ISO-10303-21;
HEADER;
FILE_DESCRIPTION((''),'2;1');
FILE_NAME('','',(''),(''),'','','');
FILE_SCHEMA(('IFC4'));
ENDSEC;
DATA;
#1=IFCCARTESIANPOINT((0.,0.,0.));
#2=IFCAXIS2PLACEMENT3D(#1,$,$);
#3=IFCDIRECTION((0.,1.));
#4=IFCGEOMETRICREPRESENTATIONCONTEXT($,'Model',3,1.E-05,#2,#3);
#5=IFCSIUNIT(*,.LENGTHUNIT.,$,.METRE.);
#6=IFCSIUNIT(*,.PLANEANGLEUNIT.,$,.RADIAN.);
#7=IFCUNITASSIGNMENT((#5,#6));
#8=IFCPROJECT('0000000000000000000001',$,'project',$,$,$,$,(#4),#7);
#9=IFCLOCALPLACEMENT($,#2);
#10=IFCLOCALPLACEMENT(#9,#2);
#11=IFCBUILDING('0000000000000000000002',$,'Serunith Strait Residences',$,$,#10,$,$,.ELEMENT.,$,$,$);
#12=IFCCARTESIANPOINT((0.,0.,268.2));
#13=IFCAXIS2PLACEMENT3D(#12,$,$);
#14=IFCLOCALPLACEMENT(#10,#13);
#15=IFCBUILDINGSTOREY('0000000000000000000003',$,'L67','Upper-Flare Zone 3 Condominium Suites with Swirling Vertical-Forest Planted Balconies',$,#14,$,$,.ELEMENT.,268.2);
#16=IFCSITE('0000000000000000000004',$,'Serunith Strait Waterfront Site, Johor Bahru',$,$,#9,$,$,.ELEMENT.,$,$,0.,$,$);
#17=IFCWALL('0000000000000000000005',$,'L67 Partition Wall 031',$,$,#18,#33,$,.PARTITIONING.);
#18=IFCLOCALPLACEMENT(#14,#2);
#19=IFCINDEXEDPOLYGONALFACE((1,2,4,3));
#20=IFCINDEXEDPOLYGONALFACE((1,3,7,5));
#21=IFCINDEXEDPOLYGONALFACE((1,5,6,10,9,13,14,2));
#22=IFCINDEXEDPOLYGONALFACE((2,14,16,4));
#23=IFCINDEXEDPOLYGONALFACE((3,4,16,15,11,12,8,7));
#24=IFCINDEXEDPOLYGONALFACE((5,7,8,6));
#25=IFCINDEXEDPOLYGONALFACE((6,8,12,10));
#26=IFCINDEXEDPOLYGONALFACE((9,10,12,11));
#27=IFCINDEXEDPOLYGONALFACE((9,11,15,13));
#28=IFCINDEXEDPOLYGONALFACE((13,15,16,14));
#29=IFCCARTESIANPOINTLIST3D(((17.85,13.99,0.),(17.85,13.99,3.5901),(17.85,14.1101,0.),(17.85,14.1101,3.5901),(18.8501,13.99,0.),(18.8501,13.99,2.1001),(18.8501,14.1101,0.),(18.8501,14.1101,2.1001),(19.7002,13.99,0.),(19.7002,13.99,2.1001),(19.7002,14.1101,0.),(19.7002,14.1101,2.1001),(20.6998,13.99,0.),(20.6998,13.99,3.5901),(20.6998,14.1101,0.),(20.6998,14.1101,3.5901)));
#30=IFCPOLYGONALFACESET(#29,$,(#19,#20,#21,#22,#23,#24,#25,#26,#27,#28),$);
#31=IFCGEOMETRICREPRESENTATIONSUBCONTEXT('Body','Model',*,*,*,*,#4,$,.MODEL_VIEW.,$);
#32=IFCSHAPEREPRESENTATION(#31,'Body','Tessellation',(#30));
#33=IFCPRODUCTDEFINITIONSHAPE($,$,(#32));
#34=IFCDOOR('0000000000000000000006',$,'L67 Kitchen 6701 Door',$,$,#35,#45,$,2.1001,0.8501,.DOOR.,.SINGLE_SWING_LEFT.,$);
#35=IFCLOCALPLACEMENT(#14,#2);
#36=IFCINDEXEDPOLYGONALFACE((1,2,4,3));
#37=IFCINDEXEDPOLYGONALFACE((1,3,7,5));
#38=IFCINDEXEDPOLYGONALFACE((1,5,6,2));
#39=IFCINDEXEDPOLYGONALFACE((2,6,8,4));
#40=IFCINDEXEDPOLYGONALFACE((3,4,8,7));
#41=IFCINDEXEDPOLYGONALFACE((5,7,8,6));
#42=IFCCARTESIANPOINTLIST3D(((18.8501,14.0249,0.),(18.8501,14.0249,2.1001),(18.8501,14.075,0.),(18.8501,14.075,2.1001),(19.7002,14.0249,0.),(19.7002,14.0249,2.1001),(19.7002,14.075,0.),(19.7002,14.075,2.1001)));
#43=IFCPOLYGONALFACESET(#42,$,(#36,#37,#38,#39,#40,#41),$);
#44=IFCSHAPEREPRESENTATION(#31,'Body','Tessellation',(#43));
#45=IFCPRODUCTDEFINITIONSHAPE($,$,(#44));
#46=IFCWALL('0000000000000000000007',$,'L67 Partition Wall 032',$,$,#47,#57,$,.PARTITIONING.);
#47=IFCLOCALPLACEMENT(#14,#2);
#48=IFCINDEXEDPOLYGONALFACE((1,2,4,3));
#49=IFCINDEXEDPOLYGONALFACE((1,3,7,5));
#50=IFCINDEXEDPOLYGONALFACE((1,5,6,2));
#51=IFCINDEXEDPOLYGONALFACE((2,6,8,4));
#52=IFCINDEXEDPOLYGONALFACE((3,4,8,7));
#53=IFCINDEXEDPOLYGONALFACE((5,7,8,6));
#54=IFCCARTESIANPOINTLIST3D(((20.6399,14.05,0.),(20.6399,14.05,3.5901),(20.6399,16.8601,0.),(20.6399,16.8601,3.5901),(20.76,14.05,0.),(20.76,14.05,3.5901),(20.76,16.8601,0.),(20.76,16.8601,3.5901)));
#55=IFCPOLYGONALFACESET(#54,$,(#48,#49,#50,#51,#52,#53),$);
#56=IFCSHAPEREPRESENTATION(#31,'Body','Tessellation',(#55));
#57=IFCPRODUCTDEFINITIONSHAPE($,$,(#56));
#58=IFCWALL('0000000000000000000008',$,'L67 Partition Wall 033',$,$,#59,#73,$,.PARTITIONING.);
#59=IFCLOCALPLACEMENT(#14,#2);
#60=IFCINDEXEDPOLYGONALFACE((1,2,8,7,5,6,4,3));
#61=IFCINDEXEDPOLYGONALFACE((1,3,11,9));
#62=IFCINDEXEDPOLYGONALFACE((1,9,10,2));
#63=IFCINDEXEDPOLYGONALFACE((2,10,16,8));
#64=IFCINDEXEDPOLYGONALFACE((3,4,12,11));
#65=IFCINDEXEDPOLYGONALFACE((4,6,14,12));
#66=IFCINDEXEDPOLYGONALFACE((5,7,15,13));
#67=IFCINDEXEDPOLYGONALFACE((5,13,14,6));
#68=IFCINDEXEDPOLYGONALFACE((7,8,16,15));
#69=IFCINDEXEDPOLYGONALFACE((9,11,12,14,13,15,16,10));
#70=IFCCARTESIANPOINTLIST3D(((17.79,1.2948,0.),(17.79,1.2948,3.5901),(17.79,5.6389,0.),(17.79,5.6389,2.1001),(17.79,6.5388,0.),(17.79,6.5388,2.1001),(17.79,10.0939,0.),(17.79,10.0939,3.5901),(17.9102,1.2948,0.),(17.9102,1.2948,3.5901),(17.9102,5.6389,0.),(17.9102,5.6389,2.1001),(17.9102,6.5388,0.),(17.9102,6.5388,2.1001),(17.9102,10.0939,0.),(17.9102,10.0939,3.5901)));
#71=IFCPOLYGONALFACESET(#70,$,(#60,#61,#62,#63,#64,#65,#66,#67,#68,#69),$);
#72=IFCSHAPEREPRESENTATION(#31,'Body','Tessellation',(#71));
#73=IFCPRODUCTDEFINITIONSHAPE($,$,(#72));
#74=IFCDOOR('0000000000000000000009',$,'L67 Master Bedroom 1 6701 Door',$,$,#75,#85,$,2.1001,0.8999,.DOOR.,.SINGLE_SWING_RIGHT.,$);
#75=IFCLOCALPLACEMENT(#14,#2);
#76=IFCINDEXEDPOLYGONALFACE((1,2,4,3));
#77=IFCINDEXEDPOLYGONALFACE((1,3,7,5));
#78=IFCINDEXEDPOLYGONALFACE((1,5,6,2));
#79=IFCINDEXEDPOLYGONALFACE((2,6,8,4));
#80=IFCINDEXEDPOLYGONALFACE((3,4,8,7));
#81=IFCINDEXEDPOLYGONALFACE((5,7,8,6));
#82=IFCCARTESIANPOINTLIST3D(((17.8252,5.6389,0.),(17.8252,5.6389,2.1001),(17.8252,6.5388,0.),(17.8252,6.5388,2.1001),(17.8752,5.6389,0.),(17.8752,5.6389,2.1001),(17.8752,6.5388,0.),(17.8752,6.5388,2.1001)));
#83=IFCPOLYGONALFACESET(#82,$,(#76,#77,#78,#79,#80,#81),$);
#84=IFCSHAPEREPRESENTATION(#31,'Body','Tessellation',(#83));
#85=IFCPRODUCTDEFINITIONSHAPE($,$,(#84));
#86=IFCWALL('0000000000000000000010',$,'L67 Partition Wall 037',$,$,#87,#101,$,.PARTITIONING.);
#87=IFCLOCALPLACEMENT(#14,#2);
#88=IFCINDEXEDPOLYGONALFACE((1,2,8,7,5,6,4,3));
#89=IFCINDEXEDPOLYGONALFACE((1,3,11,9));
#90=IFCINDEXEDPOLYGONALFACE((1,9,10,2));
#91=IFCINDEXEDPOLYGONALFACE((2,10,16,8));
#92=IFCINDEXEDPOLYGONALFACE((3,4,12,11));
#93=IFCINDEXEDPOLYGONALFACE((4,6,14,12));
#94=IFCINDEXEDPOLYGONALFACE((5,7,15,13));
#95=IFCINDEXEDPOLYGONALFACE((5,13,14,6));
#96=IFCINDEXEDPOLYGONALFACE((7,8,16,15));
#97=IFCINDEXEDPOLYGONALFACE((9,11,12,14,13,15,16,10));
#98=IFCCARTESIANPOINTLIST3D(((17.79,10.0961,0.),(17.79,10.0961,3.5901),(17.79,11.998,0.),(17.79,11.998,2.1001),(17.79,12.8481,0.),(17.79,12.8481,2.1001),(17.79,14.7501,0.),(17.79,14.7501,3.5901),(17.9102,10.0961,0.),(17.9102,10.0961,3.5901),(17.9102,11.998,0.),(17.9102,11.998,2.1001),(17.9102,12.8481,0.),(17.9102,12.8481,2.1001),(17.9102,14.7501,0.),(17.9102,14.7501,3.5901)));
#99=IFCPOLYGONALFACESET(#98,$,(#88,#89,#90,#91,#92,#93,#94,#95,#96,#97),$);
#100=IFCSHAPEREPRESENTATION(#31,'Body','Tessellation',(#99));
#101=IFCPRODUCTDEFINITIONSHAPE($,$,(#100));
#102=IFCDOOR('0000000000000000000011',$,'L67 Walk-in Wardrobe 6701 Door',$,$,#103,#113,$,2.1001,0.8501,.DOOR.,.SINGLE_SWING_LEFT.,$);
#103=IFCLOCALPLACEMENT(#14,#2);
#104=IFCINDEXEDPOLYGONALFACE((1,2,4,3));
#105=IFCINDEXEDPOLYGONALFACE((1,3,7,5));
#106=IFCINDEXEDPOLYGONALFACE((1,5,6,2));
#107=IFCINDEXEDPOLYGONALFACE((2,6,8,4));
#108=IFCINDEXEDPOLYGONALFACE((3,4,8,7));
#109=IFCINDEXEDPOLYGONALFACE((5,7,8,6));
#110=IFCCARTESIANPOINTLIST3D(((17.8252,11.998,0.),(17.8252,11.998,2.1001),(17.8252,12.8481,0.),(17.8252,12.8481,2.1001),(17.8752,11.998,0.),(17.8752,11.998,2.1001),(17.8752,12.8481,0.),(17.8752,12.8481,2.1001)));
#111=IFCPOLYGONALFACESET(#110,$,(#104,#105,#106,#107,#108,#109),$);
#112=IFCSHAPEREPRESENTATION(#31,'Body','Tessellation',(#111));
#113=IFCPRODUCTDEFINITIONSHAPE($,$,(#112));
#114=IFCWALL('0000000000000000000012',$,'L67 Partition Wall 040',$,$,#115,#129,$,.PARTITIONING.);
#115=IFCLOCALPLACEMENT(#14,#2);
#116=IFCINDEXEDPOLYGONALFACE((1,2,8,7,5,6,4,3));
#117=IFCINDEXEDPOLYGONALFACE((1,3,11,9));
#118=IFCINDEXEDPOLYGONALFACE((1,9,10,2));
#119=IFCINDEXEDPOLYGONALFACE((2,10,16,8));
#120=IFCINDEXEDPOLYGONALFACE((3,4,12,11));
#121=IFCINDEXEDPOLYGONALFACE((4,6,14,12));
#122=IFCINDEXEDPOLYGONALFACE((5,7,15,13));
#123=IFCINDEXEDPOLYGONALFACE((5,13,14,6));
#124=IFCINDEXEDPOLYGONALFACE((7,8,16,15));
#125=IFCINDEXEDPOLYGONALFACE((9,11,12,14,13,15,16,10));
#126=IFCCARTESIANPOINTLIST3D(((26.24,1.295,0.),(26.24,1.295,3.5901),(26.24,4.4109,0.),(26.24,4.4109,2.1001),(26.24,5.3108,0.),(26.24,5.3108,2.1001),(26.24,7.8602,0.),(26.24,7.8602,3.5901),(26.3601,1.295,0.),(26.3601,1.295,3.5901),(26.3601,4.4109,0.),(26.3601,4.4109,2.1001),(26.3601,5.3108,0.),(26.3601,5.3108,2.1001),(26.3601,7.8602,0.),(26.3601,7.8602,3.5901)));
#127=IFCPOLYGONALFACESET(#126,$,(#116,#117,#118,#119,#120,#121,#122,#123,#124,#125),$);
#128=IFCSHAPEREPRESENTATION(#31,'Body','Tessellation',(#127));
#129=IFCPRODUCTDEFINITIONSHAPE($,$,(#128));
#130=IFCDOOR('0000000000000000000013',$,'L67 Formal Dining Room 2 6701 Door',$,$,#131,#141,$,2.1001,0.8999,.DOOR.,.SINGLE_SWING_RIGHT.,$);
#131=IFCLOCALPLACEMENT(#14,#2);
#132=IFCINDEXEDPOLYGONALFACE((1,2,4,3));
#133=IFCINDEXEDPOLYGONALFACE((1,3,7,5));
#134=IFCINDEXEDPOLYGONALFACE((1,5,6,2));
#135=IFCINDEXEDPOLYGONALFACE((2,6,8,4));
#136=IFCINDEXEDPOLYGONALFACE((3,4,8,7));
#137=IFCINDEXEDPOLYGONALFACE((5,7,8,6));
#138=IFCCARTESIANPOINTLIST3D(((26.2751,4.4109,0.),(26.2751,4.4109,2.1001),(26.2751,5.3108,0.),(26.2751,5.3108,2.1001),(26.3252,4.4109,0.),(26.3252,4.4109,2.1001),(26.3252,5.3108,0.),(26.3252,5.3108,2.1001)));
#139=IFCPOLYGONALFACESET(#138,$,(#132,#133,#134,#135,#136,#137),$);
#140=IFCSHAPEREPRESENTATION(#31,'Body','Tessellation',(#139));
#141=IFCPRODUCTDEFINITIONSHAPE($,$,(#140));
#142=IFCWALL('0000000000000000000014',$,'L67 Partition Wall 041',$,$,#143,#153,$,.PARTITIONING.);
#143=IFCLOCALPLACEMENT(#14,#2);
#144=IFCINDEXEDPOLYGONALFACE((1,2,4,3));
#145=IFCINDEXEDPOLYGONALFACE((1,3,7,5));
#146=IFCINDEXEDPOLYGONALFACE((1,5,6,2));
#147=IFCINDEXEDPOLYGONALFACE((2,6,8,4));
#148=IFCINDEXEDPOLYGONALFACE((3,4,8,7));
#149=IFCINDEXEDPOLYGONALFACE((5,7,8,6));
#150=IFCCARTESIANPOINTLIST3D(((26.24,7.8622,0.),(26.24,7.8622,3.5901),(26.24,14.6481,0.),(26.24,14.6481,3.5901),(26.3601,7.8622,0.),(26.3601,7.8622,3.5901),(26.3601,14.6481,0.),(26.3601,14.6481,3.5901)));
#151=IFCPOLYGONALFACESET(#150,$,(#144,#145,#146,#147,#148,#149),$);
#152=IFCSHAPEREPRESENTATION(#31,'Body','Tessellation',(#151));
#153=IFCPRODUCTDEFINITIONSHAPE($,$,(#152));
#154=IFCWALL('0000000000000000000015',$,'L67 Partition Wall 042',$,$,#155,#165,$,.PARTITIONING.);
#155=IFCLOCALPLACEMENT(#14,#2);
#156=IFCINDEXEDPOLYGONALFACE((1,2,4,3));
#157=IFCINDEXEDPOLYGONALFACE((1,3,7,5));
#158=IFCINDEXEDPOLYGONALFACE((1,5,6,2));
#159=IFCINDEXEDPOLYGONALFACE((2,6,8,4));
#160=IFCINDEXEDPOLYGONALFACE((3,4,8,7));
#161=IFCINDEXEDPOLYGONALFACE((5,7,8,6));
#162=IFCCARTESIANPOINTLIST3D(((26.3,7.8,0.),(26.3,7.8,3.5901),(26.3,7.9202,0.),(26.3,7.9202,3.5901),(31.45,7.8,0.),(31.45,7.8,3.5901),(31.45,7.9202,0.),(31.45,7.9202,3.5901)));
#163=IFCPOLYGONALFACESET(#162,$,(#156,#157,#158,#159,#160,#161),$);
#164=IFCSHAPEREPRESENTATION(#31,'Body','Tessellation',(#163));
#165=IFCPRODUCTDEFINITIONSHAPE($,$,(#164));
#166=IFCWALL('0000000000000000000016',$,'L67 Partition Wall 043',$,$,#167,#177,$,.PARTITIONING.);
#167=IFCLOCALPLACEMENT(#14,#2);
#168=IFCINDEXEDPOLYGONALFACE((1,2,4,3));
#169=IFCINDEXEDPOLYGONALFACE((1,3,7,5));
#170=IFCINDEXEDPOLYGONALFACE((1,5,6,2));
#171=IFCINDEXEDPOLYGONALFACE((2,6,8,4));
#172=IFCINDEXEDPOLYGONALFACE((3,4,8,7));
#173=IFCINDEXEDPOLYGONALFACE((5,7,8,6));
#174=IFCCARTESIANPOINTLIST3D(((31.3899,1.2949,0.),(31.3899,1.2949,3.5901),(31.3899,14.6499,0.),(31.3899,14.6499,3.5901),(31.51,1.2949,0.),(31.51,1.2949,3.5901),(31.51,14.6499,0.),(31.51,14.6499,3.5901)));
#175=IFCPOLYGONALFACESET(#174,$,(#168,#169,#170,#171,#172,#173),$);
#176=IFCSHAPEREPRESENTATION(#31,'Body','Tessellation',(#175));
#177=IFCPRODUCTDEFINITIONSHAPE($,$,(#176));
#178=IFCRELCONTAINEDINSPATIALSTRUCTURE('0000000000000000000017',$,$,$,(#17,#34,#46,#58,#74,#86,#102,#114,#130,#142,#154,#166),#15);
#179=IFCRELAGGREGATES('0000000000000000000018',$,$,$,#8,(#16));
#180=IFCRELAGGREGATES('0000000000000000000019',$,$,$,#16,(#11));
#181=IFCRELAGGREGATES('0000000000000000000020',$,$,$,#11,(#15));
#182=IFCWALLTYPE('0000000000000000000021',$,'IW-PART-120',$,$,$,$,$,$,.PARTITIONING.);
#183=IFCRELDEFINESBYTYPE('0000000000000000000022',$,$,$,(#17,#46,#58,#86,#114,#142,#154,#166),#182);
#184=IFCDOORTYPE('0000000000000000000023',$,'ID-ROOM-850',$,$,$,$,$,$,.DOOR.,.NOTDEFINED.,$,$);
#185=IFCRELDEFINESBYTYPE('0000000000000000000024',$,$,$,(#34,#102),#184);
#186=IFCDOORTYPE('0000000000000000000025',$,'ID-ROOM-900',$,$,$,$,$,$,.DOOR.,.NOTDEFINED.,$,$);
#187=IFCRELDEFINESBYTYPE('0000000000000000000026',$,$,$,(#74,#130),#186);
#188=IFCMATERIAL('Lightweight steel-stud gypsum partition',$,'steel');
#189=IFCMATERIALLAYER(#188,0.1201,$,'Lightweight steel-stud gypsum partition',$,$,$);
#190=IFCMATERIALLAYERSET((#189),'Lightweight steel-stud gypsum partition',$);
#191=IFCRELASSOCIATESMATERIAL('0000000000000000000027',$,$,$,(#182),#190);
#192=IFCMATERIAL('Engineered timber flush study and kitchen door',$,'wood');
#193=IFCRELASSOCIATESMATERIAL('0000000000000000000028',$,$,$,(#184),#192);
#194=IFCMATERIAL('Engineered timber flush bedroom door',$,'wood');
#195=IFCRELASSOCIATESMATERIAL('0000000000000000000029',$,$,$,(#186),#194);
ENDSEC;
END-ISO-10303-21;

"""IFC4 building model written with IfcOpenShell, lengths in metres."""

from ifc_helpers import new_model, si_unit, direction, frame, frame_2d, origin, place, context, subcontext, project, spatial, rectangle, extrude, source, transform, mapped, material, layer, layer_set, type_object, element, fill, save


model = new_model("IFC4")

# Units and contexts
model_context = context("Model", 3, precision=1e-05, world=origin(), true_north=direction((0.0, 1.0)))
body_context = subcontext(model_context, "Body", "Model", "MODEL_VIEW")
ifc_project = project(units=[si_unit("LENGTHUNIT", "METRE"), si_unit("PLANEANGLEUNIT", "RADIAN")], contexts=[model_context])

# Site, building, storey
site_placement = place(None, origin())
site = spatial("IfcSite", under=ifc_project, at=site_placement, Name="Serunith Strait Waterfront Site, Johor Bahru", CompositionType="ELEMENT", RefElevation=0.0)
building_placement = place(site_placement, origin())
building = spatial("IfcBuilding", under=site, at=building_placement, Name="Serunith Strait Residences", CompositionType="ELEMENT")
storey_placement = place(building_placement, frame((0.0, 0.0, 268.2)))
storey = spatial("IfcBuildingStorey", under=building, at=storey_placement, Name="L67", Description="Upper-Flare Zone 3 Condominium Suites with Swirling Vertical-Forest Planted Balconies", CompositionType="ELEMENT", Elevation=268.2)

# Wall, opening, door
ifc_material_1 = material(Name="Lightweight steel-stud gypsum partition", Category="steel")
ifc_layer_1 = layer(ifc_material_1, 0.1201, Name="Lightweight steel-stud gypsum partition")
ifc_layer_set_1 = layer_set([ifc_layer_1], Name="Lightweight steel-stud gypsum partition")
wall_type = type_object("IfcWallType", Name="IW-PART-120", PredefinedType="PARTITIONING", material=ifc_layer_set_1)
wall_1_placement = place(storey_placement, frame((17.8501, 14.05, 0.0), z_axis=(0.0, 0.0, 1.0), x_axis=(1.0, 0.0, 0.0)))
wall_1 = element("IfcWall", 1, at=wall_1_placement, inside=storey, type_object=wall_type, Name="L67 Partition Wall 031", PredefinedType="PARTITIONING", context=body_context, shape_type="SweptSolid", body=[
    extrude(rectangle(XDim=2.8499, YDim=0.1201, at=frame_2d((1.4248, 0.0))), origin(), (0.0, 0.0, 1.0), 3.5901),
])
opening_1_placement = place(wall_1_placement, frame((1.0, 0.0, 0.0)))
opening_1 = element("IfcOpeningElement", 2, at=opening_1_placement, cuts=wall_1, PredefinedType="OPENING", context=body_context, shape_type="SweptSolid", body=[
    extrude(rectangle(XDim=0.8501, YDim=2.1001, at=frame_2d((0.425, 1.05))), frame((0.0, 0.0701, 0.0), z_axis=(0.0, -1.0, 0.0), x_axis=(1.0, 0.0, 0.0)), (0.0, 0.0, 1.0), 0.1401),
])
ifc_material_2 = material(Name="Engineered timber flush study and kitchen door", Category="wood")
door_type_1 = type_object("IfcDoorType", Name="ID-ROOM-850", OperationType="NOTDEFINED", PredefinedType="DOOR", material=ifc_material_2)
shared_shape_1 = source(origin(), body_context, "Body", "SweptSolid", [
    extrude(rectangle(XDim=0.8501, YDim=2.1001, at=frame_2d((0.425, 1.05))), frame((0.0, 0.0249, 0.0), z_axis=(0.0, -1.0, 0.0), x_axis=(1.0, 0.0, 0.0)), (0.0, 0.0, 1.0), 0.05),
])
door_1_placement = place(opening_1_placement, origin())
door_1 = element("IfcDoor", 3, at=door_1_placement, inside=storey, type_object=door_type_1, Name="L67 Kitchen 6701 Door", OperationType="SINGLE_SWING_LEFT", OverallHeight=2.1001, OverallWidth=0.8501, PredefinedType="DOOR", context=body_context, shape_type="MappedRepresentation", body=[
    mapped(shared_shape_1, transform((0.0, 0.0, 0.0), scale=1.0)),
])
fill(opening_1, door_1)

# Wall
wall_2_placement = place(storey_placement, frame((20.7, 14.05, 0.0), z_axis=(0.0, 0.0, 1.0), x_axis=(0.0, 1.0, 0.0)))
element("IfcWall", 4, at=wall_2_placement, inside=storey, type_object=wall_type, Name="L67 Partition Wall 032", PredefinedType="PARTITIONING", context=body_context, shape_type="SweptSolid", body=[
    extrude(rectangle(XDim=2.8101, YDim=0.1201, at=frame_2d((1.405, 0.0))), origin(), (0.0, 0.0, 1.0), 3.5901),
])

# Walls, openings, doors
wall_3_placement = place(storey_placement, frame((17.8501, 1.2949, 0.0), z_axis=(0.0, 0.0, 1.0), x_axis=(0.0, 1.0, 0.0)))
wall_3 = element("IfcWall", 5, at=wall_3_placement, inside=storey, type_object=wall_type, Name="L67 Partition Wall 033", PredefinedType="PARTITIONING", context=body_context, shape_type="SweptSolid", body=[
    extrude(rectangle(XDim=8.7991, YDim=0.1201, at=frame_2d((4.3994, 0.0))), origin(), (0.0, 0.0, 1.0), 3.5901),
])
opening_2_placement = place(wall_3_placement, frame((4.344, 0.0, 0.0)))
opening_2 = element("IfcOpeningElement", 6, at=opening_2_placement, cuts=wall_3, PredefinedType="OPENING", context=body_context, shape_type="SweptSolid", body=[
    extrude(rectangle(XDim=0.8999, YDim=2.1001, at=frame_2d((0.45, 1.05))), frame((0.0, 0.0701, 0.0), z_axis=(0.0, -1.0, 0.0), x_axis=(1.0, 0.0, 0.0)), (0.0, 0.0, 1.0), 0.1401),
])
ifc_material_3 = material(Name="Engineered timber flush bedroom door", Category="wood")
door_type_2 = type_object("IfcDoorType", Name="ID-ROOM-900", OperationType="NOTDEFINED", PredefinedType="DOOR", material=ifc_material_3)
shared_shape_2 = source(origin(), body_context, "Body", "SweptSolid", [
    extrude(rectangle(XDim=0.8999, YDim=2.1001, at=frame_2d((0.45, 1.05))), frame((0.0, 0.0249, 0.0), z_axis=(0.0, -1.0, 0.0), x_axis=(1.0, 0.0, 0.0)), (0.0, 0.0, 1.0), 0.05),
])
door_2_placement = place(opening_2_placement, origin())
door_2 = element("IfcDoor", 7, at=door_2_placement, inside=storey, type_object=door_type_2, Name="L67 Master Bedroom 1 6701 Door", OperationType="SINGLE_SWING_RIGHT", OverallHeight=2.1001, OverallWidth=0.8999, PredefinedType="DOOR", context=body_context, shape_type="MappedRepresentation", body=[
    mapped(shared_shape_2, transform((0.0, 0.0, 0.0), scale=1.0)),
])
fill(opening_2, door_2)
wall_4_placement = place(storey_placement, frame((17.8501, 10.0959, 0.0), z_axis=(0.0, 0.0, 1.0), x_axis=(0.0, 1.0, 0.0)))
wall_4 = element("IfcWall", 8, at=wall_4_placement, inside=storey, type_object=wall_type, Name="L67 Partition Wall 037", PredefinedType="PARTITIONING", context=body_context, shape_type="SweptSolid", body=[
    extrude(rectangle(XDim=4.6541, YDim=0.1201, at=frame_2d((2.3271, 0.0))), origin(), (0.0, 0.0, 1.0), 3.5901),
])
opening_3_placement = place(wall_4_placement, frame((1.9021, 0.0, 0.0)))
opening_3 = element("IfcOpeningElement", 9, at=opening_3_placement, cuts=wall_4, PredefinedType="OPENING", context=body_context, shape_type="SweptSolid", body=[
    extrude(rectangle(XDim=0.8501, YDim=2.1001, at=frame_2d((0.425, 1.05))), frame((0.0, 0.0701, 0.0), z_axis=(0.0, -1.0, 0.0), x_axis=(1.0, 0.0, 0.0)), (0.0, 0.0, 1.0), 0.1401),
])
door_3_placement = place(opening_3_placement, origin())
door_3 = element("IfcDoor", 10, at=door_3_placement, inside=storey, type_object=door_type_1, Name="L67 Walk-in Wardrobe 6701 Door", OperationType="SINGLE_SWING_LEFT", OverallHeight=2.1001, OverallWidth=0.8501, PredefinedType="DOOR", context=body_context, shape_type="MappedRepresentation", body=[
    mapped(shared_shape_1, transform((0.0, 0.0, 0.0), scale=1.0)),
])
fill(opening_3, door_3)
wall_5_placement = place(storey_placement, frame((26.3, 1.2949, 0.0), z_axis=(0.0, 0.0, 1.0), x_axis=(0.0, 1.0, 0.0)))
wall_5 = element("IfcWall", 11, at=wall_5_placement, inside=storey, type_object=wall_type, Name="L67 Partition Wall 040", PredefinedType="PARTITIONING", context=body_context, shape_type="SweptSolid", body=[
    extrude(rectangle(XDim=6.5652, YDim=0.1201, at=frame_2d((3.2827, 0.0))), origin(), (0.0, 0.0, 1.0), 3.5901),
])
opening_4_placement = place(wall_5_placement, frame((3.116, 0.0, 0.0)))
opening_4 = element("IfcOpeningElement", 12, at=opening_4_placement, cuts=wall_5, PredefinedType="OPENING", context=body_context, shape_type="SweptSolid", body=[
    extrude(rectangle(XDim=0.8999, YDim=2.1001, at=frame_2d((0.45, 1.05))), frame((0.0, 0.0701, 0.0), z_axis=(0.0, -1.0, 0.0), x_axis=(1.0, 0.0, 0.0)), (0.0, 0.0, 1.0), 0.1401),
])
door_4_placement = place(opening_4_placement, origin())
door_4 = element("IfcDoor", 13, at=door_4_placement, inside=storey, type_object=door_type_2, Name="L67 Formal Dining Room 2 6701 Door", OperationType="SINGLE_SWING_RIGHT", OverallHeight=2.1001, OverallWidth=0.8999, PredefinedType="DOOR", context=body_context, shape_type="MappedRepresentation", body=[
    mapped(shared_shape_2, transform((0.0, 0.0, 0.0), scale=1.0)),
])
fill(opening_4, door_4)

# Walls
wall_6_placement = place(storey_placement, frame((26.3, 7.8621, 0.0), z_axis=(0.0, 0.0, 1.0), x_axis=(0.0, 1.0, 0.0)))
element("IfcWall", 14, at=wall_6_placement, inside=storey, type_object=wall_type, Name="L67 Partition Wall 041", PredefinedType="PARTITIONING", context=body_context, shape_type="SweptSolid", body=[
    extrude(rectangle(XDim=6.7859, YDim=0.1201, at=frame_2d((3.3931, 0.0))), origin(), (0.0, 0.0, 1.0), 3.5901),
])
wall_7_placement = place(storey_placement, frame((26.3, 7.8601, 0.0), z_axis=(0.0, 0.0, 1.0), x_axis=(1.0, 0.0, 0.0)))
element("IfcWall", 15, at=wall_7_placement, inside=storey, type_object=wall_type, Name="L67 Partition Wall 042", PredefinedType="PARTITIONING", context=body_context, shape_type="SweptSolid", body=[
    extrude(rectangle(XDim=5.1499, YDim=0.1201, at=frame_2d((2.575, 0.0))), origin(), (0.0, 0.0, 1.0), 3.5901),
])
wall_8_placement = place(storey_placement, frame((31.45, 1.2949, 0.0), z_axis=(0.0, 0.0, 1.0), x_axis=(0.0, 1.0, 0.0)))
element("IfcWall", 16, at=wall_8_placement, inside=storey, type_object=wall_type, Name="L67 Partition Wall 043", PredefinedType="PARTITIONING", context=body_context, shape_type="SweptSolid", body=[
    extrude(rectangle(XDim=13.355, YDim=0.1201, at=frame_2d((6.6775, 0.0))), origin(), (0.0, 0.0, 1.0), 3.5901),
])

save(model, "model.ifc")
